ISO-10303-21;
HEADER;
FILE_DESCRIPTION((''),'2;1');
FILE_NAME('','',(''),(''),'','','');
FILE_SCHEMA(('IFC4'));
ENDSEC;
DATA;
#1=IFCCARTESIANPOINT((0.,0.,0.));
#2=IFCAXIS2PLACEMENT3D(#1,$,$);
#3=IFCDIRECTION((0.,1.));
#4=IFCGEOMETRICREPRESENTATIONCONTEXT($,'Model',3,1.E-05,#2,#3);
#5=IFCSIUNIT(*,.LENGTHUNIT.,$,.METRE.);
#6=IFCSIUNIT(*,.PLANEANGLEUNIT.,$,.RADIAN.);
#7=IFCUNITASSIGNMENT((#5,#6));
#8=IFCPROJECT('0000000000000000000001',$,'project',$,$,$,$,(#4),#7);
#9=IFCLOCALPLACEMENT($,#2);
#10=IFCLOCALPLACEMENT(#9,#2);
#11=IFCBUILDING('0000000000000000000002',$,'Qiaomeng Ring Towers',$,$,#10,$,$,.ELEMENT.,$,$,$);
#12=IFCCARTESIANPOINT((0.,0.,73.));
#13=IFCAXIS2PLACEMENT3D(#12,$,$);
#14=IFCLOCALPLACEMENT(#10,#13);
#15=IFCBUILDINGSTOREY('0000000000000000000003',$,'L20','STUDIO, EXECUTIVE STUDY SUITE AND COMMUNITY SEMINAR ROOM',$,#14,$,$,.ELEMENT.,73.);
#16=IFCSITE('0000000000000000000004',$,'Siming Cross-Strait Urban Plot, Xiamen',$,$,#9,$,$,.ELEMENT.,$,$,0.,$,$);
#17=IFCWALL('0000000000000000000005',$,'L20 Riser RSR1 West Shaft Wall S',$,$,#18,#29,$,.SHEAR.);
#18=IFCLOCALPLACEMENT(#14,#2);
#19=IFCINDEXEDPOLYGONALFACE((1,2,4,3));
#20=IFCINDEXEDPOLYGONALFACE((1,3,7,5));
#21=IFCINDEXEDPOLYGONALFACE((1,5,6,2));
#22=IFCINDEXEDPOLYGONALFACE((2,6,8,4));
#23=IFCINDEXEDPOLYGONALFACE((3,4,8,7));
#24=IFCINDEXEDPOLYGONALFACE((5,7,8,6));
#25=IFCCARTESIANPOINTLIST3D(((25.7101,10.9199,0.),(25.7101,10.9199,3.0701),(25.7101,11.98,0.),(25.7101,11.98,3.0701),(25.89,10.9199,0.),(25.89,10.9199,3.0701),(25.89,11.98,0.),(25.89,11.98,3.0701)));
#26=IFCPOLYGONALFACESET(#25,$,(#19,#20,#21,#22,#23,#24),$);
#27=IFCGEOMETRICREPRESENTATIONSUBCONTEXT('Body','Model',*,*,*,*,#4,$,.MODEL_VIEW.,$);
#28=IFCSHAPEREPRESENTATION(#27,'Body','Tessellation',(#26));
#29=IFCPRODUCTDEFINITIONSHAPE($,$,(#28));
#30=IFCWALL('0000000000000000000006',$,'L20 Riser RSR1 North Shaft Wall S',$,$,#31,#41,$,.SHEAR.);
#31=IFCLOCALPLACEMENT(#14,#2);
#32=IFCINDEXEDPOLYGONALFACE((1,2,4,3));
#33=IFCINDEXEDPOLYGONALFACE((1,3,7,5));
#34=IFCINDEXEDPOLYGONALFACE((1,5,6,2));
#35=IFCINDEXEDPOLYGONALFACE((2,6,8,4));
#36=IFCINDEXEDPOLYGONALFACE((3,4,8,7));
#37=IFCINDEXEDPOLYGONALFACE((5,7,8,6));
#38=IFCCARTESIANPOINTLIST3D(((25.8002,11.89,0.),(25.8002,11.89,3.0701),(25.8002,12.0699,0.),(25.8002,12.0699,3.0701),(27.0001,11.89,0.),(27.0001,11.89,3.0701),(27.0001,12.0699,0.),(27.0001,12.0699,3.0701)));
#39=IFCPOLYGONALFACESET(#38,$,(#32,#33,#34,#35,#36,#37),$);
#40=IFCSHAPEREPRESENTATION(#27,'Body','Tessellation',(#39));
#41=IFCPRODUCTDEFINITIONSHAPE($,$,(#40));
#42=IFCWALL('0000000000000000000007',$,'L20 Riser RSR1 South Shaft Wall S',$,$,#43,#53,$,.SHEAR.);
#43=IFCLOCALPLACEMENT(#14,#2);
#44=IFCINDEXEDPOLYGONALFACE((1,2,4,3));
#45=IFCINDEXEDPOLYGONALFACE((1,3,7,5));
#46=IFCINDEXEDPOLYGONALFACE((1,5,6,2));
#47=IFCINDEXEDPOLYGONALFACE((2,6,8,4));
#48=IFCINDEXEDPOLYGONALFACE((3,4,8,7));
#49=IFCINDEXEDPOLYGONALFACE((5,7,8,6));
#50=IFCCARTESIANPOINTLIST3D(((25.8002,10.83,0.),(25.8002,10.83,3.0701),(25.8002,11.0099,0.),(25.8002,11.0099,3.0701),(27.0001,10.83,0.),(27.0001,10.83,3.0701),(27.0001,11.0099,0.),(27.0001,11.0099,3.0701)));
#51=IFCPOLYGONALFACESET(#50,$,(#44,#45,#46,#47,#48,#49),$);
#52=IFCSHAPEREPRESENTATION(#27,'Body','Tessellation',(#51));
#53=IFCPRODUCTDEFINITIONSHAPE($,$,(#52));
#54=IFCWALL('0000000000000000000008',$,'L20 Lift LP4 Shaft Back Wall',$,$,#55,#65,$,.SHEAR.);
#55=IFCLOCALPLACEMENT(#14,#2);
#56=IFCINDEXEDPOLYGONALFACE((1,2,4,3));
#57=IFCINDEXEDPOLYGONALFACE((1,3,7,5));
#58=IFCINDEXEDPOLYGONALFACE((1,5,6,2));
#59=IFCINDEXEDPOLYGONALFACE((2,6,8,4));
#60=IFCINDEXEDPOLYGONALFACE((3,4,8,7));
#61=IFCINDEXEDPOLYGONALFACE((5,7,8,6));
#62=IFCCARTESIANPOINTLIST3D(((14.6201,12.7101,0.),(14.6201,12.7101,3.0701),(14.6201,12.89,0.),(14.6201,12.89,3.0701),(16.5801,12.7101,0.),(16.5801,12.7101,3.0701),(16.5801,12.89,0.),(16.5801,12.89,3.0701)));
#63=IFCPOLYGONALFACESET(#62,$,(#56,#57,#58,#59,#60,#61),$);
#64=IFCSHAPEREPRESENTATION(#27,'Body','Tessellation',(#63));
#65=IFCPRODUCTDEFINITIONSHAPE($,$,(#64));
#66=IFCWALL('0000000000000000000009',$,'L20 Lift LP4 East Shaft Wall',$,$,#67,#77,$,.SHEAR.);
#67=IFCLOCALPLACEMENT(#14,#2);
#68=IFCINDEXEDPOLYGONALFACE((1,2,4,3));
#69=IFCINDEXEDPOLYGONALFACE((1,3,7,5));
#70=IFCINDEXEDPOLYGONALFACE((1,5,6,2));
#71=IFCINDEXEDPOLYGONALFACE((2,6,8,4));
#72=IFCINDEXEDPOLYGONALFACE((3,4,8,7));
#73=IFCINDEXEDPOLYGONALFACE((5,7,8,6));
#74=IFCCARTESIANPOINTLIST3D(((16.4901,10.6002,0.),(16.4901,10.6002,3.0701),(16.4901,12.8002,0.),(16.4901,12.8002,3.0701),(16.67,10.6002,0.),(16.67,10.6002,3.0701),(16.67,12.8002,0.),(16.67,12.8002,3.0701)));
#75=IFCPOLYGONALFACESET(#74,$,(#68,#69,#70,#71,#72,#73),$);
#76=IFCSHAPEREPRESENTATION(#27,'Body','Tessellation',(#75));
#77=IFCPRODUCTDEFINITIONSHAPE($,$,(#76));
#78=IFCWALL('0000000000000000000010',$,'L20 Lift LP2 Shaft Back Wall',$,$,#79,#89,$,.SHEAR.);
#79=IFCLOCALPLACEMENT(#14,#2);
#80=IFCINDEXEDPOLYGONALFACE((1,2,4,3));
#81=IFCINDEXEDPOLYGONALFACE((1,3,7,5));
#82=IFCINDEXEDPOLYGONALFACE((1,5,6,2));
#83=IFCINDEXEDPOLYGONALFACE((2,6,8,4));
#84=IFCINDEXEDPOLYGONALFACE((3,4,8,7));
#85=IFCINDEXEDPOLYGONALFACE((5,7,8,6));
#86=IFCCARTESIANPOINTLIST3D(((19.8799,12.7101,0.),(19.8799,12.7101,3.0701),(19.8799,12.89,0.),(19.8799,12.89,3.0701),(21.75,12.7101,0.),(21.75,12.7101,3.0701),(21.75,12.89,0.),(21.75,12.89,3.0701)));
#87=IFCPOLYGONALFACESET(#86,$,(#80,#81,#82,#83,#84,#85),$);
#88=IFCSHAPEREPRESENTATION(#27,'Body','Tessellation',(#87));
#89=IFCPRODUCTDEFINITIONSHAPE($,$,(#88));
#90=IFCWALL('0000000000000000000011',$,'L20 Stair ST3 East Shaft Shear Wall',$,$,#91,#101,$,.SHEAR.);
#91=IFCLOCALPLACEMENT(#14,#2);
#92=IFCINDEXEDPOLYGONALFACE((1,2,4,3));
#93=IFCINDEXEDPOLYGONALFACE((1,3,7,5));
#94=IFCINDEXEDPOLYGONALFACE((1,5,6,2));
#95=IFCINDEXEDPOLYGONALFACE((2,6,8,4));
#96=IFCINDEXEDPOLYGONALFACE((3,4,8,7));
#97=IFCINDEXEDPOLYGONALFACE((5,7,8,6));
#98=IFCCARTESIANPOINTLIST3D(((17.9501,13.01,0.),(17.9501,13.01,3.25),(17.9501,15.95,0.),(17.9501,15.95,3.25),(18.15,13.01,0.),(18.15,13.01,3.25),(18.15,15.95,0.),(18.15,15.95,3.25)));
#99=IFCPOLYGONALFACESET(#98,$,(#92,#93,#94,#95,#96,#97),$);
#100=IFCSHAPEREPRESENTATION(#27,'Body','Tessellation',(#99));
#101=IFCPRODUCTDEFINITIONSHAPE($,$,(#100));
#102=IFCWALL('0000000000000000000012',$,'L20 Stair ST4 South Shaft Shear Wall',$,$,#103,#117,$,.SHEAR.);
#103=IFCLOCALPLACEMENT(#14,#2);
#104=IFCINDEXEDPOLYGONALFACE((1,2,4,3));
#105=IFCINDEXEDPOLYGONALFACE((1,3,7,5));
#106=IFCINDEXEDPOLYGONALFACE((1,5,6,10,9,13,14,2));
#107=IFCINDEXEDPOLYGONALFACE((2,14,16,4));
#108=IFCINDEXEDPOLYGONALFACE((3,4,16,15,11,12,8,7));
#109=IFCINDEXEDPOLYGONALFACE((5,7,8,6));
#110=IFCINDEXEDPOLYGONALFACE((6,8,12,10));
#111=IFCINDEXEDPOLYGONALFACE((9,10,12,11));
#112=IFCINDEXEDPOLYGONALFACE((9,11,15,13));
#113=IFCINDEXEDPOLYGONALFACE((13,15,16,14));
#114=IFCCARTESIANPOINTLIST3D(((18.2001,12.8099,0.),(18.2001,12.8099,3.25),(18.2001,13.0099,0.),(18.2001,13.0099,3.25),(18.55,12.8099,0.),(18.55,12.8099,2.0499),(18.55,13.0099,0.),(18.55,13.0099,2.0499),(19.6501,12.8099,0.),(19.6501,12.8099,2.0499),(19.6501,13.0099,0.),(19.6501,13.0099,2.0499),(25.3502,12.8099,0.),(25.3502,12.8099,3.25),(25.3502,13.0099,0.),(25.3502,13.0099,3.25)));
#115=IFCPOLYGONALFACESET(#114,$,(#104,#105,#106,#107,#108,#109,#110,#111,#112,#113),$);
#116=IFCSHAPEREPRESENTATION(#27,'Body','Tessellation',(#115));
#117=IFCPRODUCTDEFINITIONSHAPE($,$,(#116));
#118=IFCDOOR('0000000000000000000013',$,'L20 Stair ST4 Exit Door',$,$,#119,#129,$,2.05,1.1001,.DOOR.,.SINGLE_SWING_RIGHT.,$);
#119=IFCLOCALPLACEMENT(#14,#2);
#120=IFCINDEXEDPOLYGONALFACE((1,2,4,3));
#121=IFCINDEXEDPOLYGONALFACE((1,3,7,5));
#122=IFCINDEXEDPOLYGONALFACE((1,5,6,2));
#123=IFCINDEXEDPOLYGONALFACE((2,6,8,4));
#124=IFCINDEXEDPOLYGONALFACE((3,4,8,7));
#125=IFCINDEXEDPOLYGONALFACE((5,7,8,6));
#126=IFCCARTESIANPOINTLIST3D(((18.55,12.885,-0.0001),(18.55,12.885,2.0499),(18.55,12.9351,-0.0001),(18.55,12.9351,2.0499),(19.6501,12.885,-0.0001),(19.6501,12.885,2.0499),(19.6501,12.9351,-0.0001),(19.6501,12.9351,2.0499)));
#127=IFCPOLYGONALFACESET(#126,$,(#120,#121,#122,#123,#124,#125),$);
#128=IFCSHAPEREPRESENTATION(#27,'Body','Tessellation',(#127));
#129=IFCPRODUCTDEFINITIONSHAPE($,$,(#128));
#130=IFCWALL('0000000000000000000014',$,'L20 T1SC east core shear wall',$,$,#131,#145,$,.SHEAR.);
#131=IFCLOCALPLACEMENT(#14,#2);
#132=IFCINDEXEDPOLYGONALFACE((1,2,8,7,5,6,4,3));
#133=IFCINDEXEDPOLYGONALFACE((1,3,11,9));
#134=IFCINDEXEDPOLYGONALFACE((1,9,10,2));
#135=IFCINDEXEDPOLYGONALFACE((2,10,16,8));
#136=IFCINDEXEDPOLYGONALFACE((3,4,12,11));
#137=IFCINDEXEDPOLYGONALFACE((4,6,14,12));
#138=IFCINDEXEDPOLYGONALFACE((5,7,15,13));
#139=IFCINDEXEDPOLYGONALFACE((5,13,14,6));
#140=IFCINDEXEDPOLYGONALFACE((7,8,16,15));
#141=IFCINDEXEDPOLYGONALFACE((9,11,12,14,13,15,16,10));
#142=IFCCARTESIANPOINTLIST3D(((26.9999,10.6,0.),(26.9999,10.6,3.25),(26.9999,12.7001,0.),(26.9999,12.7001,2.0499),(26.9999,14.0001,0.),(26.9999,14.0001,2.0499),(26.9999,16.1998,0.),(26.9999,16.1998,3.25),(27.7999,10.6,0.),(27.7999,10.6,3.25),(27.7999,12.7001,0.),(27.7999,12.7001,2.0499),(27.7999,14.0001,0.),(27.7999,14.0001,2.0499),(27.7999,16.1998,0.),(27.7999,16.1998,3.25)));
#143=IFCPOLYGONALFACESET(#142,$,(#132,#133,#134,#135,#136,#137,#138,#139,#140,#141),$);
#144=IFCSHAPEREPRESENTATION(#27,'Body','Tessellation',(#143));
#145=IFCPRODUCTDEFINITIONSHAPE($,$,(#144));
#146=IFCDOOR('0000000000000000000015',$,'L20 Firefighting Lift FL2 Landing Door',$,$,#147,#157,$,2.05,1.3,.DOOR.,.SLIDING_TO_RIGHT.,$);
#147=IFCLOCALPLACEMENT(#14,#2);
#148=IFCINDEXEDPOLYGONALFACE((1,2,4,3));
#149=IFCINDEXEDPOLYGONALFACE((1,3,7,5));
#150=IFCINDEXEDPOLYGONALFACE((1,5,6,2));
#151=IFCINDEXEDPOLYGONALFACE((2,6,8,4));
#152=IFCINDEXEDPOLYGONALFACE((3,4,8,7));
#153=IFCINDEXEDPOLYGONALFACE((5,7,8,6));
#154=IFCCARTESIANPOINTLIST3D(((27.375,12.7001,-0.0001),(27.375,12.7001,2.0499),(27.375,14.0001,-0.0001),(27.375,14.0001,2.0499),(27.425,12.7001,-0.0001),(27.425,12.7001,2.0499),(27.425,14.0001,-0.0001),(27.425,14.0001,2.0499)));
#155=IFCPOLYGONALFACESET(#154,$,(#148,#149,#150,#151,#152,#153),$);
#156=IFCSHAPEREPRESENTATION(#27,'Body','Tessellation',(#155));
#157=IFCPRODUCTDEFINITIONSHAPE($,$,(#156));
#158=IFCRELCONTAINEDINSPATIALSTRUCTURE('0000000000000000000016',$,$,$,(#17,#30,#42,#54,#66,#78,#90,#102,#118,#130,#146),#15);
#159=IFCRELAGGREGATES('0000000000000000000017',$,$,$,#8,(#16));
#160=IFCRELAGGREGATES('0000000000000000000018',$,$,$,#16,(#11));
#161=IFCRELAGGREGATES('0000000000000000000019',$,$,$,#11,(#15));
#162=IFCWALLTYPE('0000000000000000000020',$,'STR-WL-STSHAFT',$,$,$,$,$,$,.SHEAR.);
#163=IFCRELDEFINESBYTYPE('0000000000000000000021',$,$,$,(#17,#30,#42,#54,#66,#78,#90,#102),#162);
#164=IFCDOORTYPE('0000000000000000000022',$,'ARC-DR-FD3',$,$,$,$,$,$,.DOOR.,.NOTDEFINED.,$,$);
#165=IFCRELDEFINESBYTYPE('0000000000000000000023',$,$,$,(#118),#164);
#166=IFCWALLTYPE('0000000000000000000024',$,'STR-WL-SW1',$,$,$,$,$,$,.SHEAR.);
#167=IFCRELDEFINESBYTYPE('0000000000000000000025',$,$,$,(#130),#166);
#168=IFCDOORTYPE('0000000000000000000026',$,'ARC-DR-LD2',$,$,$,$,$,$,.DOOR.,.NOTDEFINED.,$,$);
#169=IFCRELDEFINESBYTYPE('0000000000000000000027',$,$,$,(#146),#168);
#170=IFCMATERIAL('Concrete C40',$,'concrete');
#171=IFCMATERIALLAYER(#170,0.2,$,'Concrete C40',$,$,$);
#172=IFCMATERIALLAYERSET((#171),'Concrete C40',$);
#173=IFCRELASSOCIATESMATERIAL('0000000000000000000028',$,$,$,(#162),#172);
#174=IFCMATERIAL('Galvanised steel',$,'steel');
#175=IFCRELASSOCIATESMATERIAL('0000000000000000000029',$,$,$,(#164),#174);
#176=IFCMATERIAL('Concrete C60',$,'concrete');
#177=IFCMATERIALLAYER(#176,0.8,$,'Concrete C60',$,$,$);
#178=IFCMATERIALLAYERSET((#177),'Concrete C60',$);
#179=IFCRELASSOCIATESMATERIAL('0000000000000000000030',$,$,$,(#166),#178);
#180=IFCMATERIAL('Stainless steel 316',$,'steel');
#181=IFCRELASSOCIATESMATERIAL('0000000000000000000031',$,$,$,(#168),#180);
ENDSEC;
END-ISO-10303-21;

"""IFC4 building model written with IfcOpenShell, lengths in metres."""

from ifc_helpers import new_model, si_unit, direction, frame, frame_2d, origin, place, context, subcontext, project, spatial, rectangle, extrude, source, transform, mapped, material, layer, layer_set, type_object, element, fill, save


model = new_model("IFC4")

# Units and contexts
model_context = context("Model", 3, precision=1e-05, world=origin(), true_north=direction((0.0, 1.0)))
body_context = subcontext(model_context, "Body", "Model", "MODEL_VIEW")
ifc_project = project(units=[si_unit("LENGTHUNIT", "METRE"), si_unit("PLANEANGLEUNIT", "RADIAN")], contexts=[model_context])

# Site, building, storey
site_placement = place(None, origin())
site = spatial("IfcSite", under=ifc_project, at=site_placement, Name="Siming Cross-Strait Urban Plot, Xiamen", CompositionType="ELEMENT", RefElevation=0.0)
building_placement = place(site_placement, origin())
building = spatial("IfcBuilding", under=site, at=building_placement, Name="Qiaomeng Ring Towers", CompositionType="ELEMENT")
storey_placement = place(building_placement, frame((0.0, 0.0, 73.0)))
storey = spatial("IfcBuildingStorey", under=building, at=storey_placement, Name="L20", Description="STUDIO, EXECUTIVE STUDY SUITE AND COMMUNITY SEMINAR ROOM", CompositionType="ELEMENT", Elevation=73.0)

# Walls
ifc_material_1 = material(Name="Concrete C40", Category="concrete")
ifc_layer_1 = layer(ifc_material_1, 0.2, Name="Concrete C40")
ifc_layer_set_1 = layer_set([ifc_layer_1], Name="Concrete C40")
wall_type_1 = type_object("IfcWallType", Name="STR-WL-STSHAFT", PredefinedType="SHEAR", material=ifc_layer_set_1)
wall_1_placement = place(storey_placement, frame((25.8, 10.9199, 0.0), z_axis=(0.0, 0.0, 1.0), x_axis=(0.0, 1.0, 0.0)))
element("IfcWall", 1, at=wall_1_placement, inside=storey, type_object=wall_type_1, Name="L20 Riser RSR1 West Shaft Wall S", PredefinedType="SHEAR", context=body_context, shape_type="SweptSolid", body=[
    extrude(rectangle(XDim=1.0601, YDim=0.1799, at=frame_2d((0.53, 0.0))), origin(), (0.0, 0.0, 1.0), 3.0701),
])
for number, where, z_axis, x_axis, name in (
    (2, (25.8, 11.98, 0.0), (0.0, 0.0, 1.0), (1.0, 0.0, 0.0), "L20 Riser RSR1 North Shaft Wall S"),
    (3, (25.8, 10.9199, 0.0), (0.0, 0.0, 1.0), (1.0, 0.0, 0.0), "L20 Riser RSR1 South Shaft Wall S"),
):
    element("IfcWall", number, at=place(storey_placement, frame(where, z_axis=z_axis, x_axis=x_axis)), inside=storey, type_object=wall_type_1, Name=name, PredefinedType="SHEAR", context=body_context, shape_type="SweptSolid", body=[
        extrude(rectangle(XDim=1.2, YDim=0.1799, at=frame_2d((0.6001, 0.0))), origin(), (0.0, 0.0, 1.0), 3.0701),
    ])
wall_2_placement = place(storey_placement, frame((14.6201, 12.8, 0.0), z_axis=(0.0, 0.0, 1.0), x_axis=(1.0, 0.0, 0.0)))
element("IfcWall", 4, at=wall_2_placement, inside=storey, type_object=wall_type_1, Name="L20 Lift LP4 Shaft Back Wall", PredefinedType="SHEAR", context=body_context, shape_type="SweptSolid", body=[
    extrude(rectangle(XDim=1.96, YDim=0.1799, at=frame_2d((0.98, 0.0))), origin(), (0.0, 0.0, 1.0), 3.0701),
])
wall_3_placement = place(storey_placement, frame((16.5801, 10.6001, 0.0), z_axis=(0.0, 0.0, 1.0), x_axis=(0.0, 1.0, 0.0)))
element("IfcWall", 5, at=wall_3_placement, inside=storey, type_object=wall_type_1, Name="L20 Lift LP4 East Shaft Wall", PredefinedType="SHEAR", context=body_context, shape_type="SweptSolid", body=[
    extrude(rectangle(XDim=2.2, YDim=0.1799, at=frame_2d((1.1001, 0.0))), origin(), (0.0, 0.0, 1.0), 3.0701),
])
wall_4_placement = place(storey_placement, frame((19.8799, 12.8, 0.0), z_axis=(0.0, 0.0, 1.0), x_axis=(1.0, 0.0, 0.0)))
element("IfcWall", 6, at=wall_4_placement, inside=storey, type_object=wall_type_1, Name="L20 Lift LP2 Shaft Back Wall", PredefinedType="SHEAR", context=body_context, shape_type="SweptSolid", body=[
    extrude(rectangle(XDim=1.8701, YDim=0.1799, at=frame_2d((0.9351, 0.0))), origin(), (0.0, 0.0, 1.0), 3.0701),
])
wall_5_placement = place(storey_placement, frame((18.05, 13.01, 0.0), z_axis=(0.0, 0.0, 1.0), x_axis=(0.0, 1.0, 0.0)))
element("IfcWall", 7, at=wall_5_placement, inside=storey, type_object=wall_type_1, Name="L20 Stair ST3 East Shaft Shear Wall", PredefinedType="SHEAR", context=body_context, shape_type="SweptSolid", body=[
    extrude(rectangle(XDim=2.9399, YDim=0.2, at=frame_2d((1.47, 0.0))), origin(), (0.0, 0.0, 1.0), 3.25),
])

# Walls, openings, doors
wall_6_placement = place(storey_placement, frame((18.2, 12.9099, 0.0), z_axis=(0.0, 0.0, 1.0), x_axis=(1.0, 0.0, 0.0)))
wall_6 = element("IfcWall", 8, at=wall_6_placement, inside=storey, type_object=wall_type_1, Name="L20 Stair ST4 South Shaft Shear Wall", PredefinedType="SHEAR", context=body_context, shape_type="SweptSolid", body=[
    extrude(rectangle(XDim=7.1501, YDim=0.2, at=frame_2d((3.5752, 0.0))), origin(), (0.0, 0.0, 1.0), 3.25),
])
opening_1_placement = place(wall_6_placement, frame((0.3501, 0.0, 0.0)))
opening_1 = element("IfcOpeningElement", 9, at=opening_1_placement, cuts=wall_6, PredefinedType="OPENING", context=body_context, shape_type="SweptSolid", body=[
    extrude(rectangle(XDim=1.1001, YDim=2.05, at=frame_2d((0.55, 1.0249))), frame((0.0, 0.1099, 0.0), z_axis=(0.0, -1.0, 0.0), x_axis=(1.0, 0.0, 0.0)), (0.0, 0.0, 1.0), 0.22),
])
ifc_material_2 = material(Name="Galvanised steel", Category="steel")
door_type_1 = type_object("IfcDoorType", Name="ARC-DR-FD3", OperationType="NOTDEFINED", PredefinedType="DOOR", material=ifc_material_2)
shared_shape_1 = source(origin(), body_context, "Body", "SweptSolid", [
    extrude(rectangle(XDim=1.1001, YDim=2.05, at=frame_2d((0.55, 1.0249))), frame((0.0, 0.0249, 0.0), z_axis=(0.0, -1.0, 0.0), x_axis=(1.0, 0.0, 0.0)), (0.0, 0.0, 1.0), 0.05),
])
door_1_placement = place(opening_1_placement, frame((1.1001, 0.0, 0.0), z_axis=(0.0, 0.0, 1.0), x_axis=(-1.0, 0.0, 0.0)))
door_1 = element("IfcDoor", 10, at=door_1_placement, inside=storey, type_object=door_type_1, Name="L20 Stair ST4 Exit Door", OperationType="SINGLE_SWING_RIGHT", OverallHeight=2.05, OverallWidth=1.1001, PredefinedType="DOOR", context=body_context, shape_type="MappedRepresentation", body=[
    mapped(shared_shape_1, transform((0.0, 0.0, 0.0), x_axis=(1.0, 0.0, 0.0), y_axis=(0.0, 1.0, 0.0), z_axis=(0.0, 0.0, 1.0), scale=1.0)),
])
fill(opening_1, door_1)
ifc_material_3 = material(Name="Concrete C60", Category="concrete")
ifc_layer_2 = layer(ifc_material_3, 0.8, Name="Concrete C60")
ifc_layer_set_2 = layer_set([ifc_layer_2], Name="Concrete C60")
wall_type_2 = type_object("IfcWallType", Name="STR-WL-SW1", PredefinedType="SHEAR", material=ifc_layer_set_2)
wall_7_placement = place(storey_placement, frame((27.3999, 10.6001, 0.0), z_axis=(0.0, 0.0, 1.0), x_axis=(0.0, 1.0, 0.0)))
wall_7 = element("IfcWall", 11, at=wall_7_placement, inside=storey, type_object=wall_type_2, Name="L20 T1SC east core shear wall", PredefinedType="SHEAR", context=body_context, shape_type="SweptSolid", body=[
    extrude(rectangle(XDim=5.5999, YDim=0.8, at=frame_2d((2.7998, 0.0))), origin(), (0.0, 0.0, 1.0), 3.25),
])
opening_2_placement = place(wall_7_placement, frame((2.1001, 0.0, 0.0)))
opening_2 = element("IfcOpeningElement", 12, at=opening_2_placement, cuts=wall_7, PredefinedType="OPENING", context=body_context, shape_type="SweptSolid", body=[
    extrude(rectangle(XDim=1.3, YDim=2.05, at=frame_2d((0.6499, 1.0249))), frame((0.0, 0.4099, 0.0), z_axis=(0.0, -1.0, 0.0), x_axis=(1.0, 0.0, 0.0)), (0.0, 0.0, 1.0), 0.8201),
])
ifc_material_4 = material(Name="Stainless steel 316", Category="steel")
door_type_2 = type_object("IfcDoorType", Name="ARC-DR-LD2", OperationType="NOTDEFINED", PredefinedType="DOOR", material=ifc_material_4)
shared_shape_2 = source(origin(), body_context, "Body", "SweptSolid", [
    extrude(rectangle(XDim=1.3, YDim=2.05, at=frame_2d((0.6499, 1.0249))), frame((0.0, 0.0249, 0.0), z_axis=(0.0, -1.0, 0.0), x_axis=(1.0, 0.0, 0.0)), (0.0, 0.0, 1.0), 0.05),
])
door_2_placement = place(opening_2_placement, origin())
door_2 = element("IfcDoor", 13, at=door_2_placement, inside=storey, type_object=door_type_2, Name="L20 Firefighting Lift FL2 Landing Door", OperationType="SLIDING_TO_RIGHT", OverallHeight=2.05, OverallWidth=1.3, PredefinedType="DOOR", context=body_context, shape_type="MappedRepresentation", body=[
    mapped(shared_shape_2, transform((0.0, 0.0, 0.0), x_axis=(1.0, 0.0, 0.0), y_axis=(0.0, 1.0, 0.0), z_axis=(0.0, 0.0, 1.0), scale=1.0)),
])
fill(opening_2, door_2)

save(model, "model.ifc")
